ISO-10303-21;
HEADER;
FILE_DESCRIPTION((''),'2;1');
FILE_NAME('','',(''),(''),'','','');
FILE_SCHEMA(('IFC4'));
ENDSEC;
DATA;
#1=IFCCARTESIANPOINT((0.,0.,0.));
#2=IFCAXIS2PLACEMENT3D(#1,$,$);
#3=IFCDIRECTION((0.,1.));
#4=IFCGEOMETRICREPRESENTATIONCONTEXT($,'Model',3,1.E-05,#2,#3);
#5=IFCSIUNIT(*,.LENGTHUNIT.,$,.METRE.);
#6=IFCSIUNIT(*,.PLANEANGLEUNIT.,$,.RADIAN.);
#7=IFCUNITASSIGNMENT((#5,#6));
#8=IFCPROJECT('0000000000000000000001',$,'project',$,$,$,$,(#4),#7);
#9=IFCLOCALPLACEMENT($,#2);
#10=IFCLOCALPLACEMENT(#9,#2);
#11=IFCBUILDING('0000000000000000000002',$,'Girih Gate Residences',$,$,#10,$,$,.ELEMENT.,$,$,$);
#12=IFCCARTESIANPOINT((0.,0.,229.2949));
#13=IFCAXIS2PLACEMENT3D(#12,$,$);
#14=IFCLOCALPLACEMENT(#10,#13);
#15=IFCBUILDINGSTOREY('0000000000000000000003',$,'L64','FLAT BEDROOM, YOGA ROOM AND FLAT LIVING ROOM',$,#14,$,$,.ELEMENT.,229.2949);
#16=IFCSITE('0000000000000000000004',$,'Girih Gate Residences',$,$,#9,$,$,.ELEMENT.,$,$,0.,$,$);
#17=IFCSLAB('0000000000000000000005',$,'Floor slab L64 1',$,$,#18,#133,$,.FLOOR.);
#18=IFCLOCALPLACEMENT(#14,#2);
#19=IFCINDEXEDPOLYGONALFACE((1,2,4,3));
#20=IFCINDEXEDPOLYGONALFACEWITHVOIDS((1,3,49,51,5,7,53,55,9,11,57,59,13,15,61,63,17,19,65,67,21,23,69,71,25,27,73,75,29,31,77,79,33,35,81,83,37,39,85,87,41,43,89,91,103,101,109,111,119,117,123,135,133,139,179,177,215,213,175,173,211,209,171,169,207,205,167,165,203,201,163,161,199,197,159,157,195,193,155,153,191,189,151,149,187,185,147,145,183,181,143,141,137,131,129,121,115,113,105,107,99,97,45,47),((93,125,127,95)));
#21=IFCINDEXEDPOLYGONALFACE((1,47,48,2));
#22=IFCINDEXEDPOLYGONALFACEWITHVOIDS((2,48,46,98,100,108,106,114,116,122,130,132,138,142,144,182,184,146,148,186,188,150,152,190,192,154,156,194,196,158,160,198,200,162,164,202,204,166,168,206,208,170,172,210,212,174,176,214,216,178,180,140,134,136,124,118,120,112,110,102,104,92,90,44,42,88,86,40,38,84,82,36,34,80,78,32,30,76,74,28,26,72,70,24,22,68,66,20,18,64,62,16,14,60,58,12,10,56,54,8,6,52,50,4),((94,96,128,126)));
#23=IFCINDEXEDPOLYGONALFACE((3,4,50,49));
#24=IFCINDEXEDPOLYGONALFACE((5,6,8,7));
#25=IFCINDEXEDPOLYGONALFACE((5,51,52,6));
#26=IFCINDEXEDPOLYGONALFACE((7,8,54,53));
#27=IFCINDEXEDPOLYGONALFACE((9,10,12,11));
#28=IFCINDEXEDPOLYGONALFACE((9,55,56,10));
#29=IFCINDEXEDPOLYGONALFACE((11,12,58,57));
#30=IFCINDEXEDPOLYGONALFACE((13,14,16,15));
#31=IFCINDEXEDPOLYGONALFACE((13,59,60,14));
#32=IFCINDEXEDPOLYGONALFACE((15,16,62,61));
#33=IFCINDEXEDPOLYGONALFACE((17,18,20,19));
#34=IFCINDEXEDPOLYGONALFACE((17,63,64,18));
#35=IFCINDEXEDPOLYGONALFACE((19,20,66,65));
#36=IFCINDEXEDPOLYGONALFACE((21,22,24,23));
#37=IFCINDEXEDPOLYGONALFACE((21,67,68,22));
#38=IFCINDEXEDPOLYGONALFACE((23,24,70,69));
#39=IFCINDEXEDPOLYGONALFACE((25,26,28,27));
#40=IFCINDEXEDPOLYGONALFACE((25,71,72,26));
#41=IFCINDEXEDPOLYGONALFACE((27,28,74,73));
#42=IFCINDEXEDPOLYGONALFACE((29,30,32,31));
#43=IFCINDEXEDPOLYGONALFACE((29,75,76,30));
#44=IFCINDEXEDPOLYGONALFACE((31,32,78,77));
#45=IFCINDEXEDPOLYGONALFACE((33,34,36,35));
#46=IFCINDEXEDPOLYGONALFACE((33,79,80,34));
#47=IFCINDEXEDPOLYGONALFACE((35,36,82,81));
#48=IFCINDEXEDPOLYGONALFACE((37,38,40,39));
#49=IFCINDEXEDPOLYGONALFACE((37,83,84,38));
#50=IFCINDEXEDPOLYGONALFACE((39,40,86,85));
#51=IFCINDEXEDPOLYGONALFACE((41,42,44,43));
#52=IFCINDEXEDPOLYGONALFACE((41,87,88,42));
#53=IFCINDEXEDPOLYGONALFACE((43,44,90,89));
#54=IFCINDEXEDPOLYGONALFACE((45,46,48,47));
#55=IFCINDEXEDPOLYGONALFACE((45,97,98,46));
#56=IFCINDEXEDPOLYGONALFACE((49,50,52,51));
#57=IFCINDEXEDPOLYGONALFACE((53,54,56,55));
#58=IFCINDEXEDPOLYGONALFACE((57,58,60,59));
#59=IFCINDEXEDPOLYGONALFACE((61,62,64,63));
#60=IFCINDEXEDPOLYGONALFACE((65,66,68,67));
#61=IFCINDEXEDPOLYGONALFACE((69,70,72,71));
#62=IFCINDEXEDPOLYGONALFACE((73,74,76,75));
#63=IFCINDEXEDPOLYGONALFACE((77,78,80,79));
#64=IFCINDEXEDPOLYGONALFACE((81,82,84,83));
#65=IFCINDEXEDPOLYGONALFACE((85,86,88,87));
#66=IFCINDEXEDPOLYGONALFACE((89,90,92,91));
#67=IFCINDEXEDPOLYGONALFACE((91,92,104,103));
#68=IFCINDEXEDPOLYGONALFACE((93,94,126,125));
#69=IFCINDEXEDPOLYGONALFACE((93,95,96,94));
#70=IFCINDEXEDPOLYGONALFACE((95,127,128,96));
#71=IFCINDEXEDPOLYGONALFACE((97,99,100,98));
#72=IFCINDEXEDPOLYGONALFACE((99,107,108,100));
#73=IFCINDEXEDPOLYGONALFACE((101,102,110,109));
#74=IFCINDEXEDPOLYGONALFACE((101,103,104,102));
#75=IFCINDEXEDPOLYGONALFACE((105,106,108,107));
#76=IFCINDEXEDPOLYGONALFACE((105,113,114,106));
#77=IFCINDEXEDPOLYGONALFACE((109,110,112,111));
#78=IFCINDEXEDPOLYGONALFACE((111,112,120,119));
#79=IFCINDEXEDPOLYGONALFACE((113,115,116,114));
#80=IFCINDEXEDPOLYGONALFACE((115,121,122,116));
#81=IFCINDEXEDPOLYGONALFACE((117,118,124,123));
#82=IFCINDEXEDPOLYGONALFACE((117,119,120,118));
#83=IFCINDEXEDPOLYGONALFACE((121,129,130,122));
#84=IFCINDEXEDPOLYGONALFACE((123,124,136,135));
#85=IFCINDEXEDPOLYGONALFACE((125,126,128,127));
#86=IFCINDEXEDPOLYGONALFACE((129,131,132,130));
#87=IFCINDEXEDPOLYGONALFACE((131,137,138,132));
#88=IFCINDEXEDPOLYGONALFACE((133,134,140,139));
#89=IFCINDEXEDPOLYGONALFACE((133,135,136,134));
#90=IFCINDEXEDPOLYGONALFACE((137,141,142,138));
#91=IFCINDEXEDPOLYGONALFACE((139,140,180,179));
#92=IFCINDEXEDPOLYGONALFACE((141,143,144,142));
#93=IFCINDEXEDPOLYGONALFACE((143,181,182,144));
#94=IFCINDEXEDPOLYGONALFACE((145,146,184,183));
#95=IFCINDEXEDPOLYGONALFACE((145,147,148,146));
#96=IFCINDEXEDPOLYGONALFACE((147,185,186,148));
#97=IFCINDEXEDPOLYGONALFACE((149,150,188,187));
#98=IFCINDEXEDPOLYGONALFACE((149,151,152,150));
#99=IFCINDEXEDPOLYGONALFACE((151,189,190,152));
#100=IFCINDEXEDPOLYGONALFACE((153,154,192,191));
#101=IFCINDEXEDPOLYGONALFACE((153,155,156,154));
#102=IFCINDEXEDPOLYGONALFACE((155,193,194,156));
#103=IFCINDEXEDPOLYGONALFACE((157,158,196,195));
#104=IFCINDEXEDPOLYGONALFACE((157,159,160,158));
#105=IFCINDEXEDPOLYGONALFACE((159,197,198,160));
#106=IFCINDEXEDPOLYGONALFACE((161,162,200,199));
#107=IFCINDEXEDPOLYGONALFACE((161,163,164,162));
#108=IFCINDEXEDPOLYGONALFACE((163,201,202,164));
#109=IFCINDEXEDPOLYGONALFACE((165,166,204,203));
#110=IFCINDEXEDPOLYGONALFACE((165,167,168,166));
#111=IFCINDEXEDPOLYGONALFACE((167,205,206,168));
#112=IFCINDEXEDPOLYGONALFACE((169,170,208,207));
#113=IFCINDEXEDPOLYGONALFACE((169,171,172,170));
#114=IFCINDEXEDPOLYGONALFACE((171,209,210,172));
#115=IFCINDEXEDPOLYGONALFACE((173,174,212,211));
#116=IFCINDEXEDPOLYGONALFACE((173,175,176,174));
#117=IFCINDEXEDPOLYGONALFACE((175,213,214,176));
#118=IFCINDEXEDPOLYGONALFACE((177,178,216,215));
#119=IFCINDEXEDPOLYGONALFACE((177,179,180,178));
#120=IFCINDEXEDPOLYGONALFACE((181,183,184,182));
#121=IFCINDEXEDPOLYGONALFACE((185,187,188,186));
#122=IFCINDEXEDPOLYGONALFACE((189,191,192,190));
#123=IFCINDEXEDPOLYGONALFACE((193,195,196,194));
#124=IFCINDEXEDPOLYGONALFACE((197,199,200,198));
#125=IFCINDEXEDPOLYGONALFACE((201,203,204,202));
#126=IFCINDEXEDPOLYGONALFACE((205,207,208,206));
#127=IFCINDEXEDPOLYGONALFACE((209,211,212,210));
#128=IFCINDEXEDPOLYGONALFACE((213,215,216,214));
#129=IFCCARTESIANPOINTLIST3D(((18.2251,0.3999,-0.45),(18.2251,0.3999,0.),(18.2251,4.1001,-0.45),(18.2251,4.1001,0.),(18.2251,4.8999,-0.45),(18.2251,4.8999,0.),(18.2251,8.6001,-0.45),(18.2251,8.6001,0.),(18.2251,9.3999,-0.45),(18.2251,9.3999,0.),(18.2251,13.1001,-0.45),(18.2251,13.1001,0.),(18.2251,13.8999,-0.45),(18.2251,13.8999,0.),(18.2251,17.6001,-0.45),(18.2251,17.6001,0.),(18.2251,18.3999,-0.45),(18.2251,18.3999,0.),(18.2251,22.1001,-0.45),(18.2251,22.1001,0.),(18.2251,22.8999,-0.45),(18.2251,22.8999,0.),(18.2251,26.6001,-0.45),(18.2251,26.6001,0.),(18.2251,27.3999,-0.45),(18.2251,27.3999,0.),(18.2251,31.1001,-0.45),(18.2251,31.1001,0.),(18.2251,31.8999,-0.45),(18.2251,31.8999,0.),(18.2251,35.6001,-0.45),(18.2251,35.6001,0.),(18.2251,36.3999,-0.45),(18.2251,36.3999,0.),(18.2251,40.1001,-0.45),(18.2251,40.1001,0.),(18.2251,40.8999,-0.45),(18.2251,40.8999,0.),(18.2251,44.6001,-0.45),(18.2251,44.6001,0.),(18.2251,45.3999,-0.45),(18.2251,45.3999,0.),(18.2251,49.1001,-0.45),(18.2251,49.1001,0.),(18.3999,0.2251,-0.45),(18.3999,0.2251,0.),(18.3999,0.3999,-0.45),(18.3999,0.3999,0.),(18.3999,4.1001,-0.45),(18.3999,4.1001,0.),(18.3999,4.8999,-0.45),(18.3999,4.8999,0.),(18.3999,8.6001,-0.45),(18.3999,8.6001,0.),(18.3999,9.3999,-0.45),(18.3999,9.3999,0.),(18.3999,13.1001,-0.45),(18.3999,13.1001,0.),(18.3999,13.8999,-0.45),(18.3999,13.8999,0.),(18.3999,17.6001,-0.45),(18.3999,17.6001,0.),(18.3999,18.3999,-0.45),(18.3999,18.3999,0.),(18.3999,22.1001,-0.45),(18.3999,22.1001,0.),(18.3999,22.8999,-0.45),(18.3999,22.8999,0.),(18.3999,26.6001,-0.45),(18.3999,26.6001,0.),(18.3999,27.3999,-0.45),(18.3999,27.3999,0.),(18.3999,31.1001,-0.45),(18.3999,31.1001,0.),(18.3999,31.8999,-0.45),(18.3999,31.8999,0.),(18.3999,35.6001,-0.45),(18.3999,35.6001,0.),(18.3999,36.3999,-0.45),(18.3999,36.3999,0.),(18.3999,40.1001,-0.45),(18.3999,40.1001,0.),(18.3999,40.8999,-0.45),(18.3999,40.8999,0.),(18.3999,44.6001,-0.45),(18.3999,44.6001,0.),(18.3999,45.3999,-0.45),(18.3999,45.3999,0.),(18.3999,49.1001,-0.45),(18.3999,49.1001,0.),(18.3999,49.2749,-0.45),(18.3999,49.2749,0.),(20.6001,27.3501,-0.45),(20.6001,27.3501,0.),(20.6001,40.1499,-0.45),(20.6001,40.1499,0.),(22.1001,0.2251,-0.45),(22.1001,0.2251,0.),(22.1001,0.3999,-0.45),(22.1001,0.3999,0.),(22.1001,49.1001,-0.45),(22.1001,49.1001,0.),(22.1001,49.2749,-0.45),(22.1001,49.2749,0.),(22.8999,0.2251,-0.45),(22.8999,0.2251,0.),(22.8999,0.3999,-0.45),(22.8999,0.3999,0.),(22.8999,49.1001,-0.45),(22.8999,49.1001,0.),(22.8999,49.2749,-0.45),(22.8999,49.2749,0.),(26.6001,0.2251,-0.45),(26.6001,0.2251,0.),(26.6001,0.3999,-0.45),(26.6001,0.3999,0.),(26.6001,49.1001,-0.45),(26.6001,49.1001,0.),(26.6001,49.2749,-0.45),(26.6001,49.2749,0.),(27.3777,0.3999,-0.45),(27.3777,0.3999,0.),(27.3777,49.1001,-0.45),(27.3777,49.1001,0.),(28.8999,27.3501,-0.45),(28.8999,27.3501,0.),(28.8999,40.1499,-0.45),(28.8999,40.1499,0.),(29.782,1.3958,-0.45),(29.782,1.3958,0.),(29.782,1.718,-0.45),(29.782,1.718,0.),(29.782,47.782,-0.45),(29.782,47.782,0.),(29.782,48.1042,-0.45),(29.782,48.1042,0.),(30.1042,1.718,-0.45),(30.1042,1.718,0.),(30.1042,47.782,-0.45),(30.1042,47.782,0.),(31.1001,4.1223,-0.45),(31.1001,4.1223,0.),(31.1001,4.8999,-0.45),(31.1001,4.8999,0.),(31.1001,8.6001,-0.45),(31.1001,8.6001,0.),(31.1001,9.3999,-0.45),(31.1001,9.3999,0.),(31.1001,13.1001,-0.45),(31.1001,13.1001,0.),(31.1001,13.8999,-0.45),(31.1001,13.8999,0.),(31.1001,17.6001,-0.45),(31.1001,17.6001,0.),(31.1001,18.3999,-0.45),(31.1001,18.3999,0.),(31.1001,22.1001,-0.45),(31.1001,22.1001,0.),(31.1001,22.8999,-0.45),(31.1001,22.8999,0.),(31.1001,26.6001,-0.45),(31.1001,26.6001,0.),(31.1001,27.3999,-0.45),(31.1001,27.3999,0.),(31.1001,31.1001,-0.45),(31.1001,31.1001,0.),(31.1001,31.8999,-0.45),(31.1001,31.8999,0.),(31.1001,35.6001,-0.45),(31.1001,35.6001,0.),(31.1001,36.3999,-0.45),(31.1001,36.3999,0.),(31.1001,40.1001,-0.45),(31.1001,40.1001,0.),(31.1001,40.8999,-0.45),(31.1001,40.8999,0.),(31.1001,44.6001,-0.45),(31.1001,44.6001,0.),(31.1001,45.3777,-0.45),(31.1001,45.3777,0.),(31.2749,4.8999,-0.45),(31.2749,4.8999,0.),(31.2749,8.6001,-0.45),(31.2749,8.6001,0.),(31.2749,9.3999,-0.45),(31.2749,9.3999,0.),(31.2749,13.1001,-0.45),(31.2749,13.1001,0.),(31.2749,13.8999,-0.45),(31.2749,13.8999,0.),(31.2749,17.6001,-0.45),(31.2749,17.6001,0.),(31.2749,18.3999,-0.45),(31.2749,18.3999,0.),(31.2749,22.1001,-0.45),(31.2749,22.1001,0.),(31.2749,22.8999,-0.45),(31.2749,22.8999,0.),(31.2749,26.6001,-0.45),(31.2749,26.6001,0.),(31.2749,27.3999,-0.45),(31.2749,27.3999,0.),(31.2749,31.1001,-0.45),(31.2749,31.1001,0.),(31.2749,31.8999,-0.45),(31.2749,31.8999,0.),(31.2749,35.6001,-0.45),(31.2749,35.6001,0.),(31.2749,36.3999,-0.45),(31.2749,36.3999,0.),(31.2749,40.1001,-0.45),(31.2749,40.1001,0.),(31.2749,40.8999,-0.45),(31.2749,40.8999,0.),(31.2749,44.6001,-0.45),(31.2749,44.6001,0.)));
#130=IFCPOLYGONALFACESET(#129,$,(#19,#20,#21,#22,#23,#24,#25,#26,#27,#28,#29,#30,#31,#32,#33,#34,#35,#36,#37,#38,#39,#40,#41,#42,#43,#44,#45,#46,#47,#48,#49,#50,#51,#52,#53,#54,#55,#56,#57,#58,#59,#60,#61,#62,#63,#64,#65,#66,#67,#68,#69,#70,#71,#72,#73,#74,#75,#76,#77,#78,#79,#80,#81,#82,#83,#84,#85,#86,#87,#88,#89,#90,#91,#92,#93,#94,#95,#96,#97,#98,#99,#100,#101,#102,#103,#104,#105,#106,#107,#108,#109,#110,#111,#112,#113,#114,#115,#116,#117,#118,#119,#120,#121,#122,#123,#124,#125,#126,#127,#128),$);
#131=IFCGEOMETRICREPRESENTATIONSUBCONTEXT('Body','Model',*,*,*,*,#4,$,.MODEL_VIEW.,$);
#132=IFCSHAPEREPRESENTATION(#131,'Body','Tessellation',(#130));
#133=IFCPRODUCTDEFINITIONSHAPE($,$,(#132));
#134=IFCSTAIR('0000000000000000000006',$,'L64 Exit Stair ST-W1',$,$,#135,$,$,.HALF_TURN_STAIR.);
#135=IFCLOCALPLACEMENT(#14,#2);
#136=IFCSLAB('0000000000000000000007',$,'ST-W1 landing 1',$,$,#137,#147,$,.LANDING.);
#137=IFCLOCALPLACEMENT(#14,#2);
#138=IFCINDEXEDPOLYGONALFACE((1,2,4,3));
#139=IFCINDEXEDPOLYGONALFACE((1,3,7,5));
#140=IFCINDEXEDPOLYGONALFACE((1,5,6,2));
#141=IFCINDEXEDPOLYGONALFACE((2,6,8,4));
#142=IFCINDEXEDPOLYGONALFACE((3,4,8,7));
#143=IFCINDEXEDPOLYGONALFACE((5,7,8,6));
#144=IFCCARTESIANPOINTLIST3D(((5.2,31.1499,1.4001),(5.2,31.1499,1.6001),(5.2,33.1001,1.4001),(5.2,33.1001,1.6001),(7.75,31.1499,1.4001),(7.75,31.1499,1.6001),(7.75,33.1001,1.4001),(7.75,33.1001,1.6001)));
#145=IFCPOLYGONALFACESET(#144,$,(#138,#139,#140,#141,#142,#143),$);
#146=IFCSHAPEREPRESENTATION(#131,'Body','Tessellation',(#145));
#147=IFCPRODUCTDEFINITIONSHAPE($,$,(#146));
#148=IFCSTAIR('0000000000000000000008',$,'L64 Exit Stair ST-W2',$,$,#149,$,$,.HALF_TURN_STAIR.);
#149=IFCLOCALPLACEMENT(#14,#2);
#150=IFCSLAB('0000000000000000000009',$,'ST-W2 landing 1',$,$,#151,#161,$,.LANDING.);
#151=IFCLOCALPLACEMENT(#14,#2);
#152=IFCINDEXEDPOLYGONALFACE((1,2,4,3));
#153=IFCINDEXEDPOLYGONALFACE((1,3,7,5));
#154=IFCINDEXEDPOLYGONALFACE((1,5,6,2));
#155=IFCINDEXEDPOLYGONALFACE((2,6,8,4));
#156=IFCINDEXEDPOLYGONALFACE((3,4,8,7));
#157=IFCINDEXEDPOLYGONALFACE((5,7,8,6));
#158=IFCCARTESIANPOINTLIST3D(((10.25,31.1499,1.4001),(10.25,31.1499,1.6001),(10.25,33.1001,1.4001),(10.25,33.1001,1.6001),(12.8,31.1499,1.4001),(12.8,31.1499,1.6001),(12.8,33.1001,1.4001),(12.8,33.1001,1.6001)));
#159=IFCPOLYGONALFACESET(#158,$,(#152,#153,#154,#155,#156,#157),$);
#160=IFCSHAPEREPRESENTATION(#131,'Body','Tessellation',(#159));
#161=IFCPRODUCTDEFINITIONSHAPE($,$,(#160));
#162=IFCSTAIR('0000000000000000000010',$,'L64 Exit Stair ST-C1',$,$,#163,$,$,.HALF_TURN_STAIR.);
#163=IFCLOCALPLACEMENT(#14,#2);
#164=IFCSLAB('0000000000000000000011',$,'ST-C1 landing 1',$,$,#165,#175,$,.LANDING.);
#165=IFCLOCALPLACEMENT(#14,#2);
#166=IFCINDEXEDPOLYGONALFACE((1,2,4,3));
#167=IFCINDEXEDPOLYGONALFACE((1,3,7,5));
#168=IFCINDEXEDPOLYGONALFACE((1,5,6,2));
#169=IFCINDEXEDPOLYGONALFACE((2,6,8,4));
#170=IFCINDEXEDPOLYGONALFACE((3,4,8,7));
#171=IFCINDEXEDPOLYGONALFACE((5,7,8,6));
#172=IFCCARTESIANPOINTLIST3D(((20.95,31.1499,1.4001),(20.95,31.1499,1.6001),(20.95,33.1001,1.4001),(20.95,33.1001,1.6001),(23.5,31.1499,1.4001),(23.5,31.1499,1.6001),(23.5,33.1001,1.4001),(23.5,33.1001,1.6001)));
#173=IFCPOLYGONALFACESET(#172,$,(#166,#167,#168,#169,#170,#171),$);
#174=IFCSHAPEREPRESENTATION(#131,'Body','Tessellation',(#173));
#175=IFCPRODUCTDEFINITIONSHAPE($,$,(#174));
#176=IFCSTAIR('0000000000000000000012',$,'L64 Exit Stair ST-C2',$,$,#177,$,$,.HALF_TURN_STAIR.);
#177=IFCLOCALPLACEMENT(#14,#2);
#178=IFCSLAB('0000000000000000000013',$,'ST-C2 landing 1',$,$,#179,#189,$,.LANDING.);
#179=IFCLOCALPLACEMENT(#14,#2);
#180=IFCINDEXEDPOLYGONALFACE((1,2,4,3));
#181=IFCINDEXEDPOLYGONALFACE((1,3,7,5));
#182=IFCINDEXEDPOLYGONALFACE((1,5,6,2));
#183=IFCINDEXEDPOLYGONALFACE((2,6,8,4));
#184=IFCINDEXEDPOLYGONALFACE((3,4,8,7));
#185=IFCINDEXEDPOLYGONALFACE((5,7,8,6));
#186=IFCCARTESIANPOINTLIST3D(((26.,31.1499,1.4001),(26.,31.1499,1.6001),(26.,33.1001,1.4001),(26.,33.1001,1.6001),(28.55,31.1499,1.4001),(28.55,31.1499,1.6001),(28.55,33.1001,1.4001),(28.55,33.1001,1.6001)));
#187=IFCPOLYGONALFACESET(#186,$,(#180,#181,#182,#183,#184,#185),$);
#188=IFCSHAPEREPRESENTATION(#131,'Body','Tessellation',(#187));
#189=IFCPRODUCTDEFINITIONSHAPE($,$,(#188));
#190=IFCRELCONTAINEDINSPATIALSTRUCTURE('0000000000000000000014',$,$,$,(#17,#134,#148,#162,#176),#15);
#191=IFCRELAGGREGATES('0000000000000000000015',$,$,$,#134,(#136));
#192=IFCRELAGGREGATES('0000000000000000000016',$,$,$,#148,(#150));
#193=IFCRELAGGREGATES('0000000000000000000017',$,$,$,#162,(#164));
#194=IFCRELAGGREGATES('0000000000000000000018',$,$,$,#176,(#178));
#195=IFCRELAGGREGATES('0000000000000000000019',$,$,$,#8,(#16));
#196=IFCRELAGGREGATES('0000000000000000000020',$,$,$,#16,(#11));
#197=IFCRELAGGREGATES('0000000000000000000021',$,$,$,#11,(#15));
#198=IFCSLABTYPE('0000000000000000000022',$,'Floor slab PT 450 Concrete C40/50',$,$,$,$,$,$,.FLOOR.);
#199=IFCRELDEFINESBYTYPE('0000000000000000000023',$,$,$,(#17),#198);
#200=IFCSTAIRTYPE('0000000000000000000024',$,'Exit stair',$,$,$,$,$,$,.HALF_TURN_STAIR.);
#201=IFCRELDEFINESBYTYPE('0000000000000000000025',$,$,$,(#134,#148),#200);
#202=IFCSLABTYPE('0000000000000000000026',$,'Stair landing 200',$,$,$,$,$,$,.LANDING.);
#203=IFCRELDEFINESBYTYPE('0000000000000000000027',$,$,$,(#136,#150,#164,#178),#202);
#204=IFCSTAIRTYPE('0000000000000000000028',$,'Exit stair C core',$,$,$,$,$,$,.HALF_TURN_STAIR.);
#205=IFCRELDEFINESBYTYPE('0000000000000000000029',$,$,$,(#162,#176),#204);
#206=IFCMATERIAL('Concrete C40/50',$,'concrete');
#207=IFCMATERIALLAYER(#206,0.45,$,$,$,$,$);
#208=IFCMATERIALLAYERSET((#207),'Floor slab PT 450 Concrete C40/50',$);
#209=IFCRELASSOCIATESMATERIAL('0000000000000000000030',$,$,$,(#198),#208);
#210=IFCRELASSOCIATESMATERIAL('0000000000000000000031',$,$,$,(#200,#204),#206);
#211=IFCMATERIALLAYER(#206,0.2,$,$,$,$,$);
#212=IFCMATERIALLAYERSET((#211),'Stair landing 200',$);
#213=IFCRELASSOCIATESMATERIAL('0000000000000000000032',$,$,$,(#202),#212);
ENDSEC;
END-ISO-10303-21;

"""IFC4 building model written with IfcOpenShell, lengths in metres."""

from ifc_helpers import new_model, si_unit, direction, frame, origin, place, context, subcontext, project, spatial, polyline, outline, extrude, material, layer, layer_set, type_object, element, aggregate, save


model = new_model("IFC4")

# Units and contexts
model_context = context("Model", 3, precision=1e-05, world=origin(), true_north=direction((0.0, 1.0)))
body_context = subcontext(model_context, "Body", "Model", "MODEL_VIEW")
ifc_project = project(units=[si_unit("LENGTHUNIT", "METRE"), si_unit("PLANEANGLEUNIT", "RADIAN")], contexts=[model_context])

# Site, building, storey
site_placement = place(None, origin())
site = spatial("IfcSite", under=ifc_project, at=site_placement, Name="Girih Gate Residences", CompositionType="ELEMENT", RefElevation=0.0)
building_placement = place(site_placement, origin())
building = spatial("IfcBuilding", under=site, at=building_placement, Name="Girih Gate Residences", CompositionType="ELEMENT")
storey_placement = place(building_placement, frame((0.0, 0.0, 229.2949)))
storey = spatial("IfcBuildingStorey", under=building, at=storey_placement, Name="L64", Description="FLAT BEDROOM, YOGA ROOM AND FLAT LIVING ROOM", CompositionType="ELEMENT", Elevation=229.2949)

# Slab
ifc_material_1 = material(Name="Concrete C40/50", Category="concrete")
ifc_layer_1 = layer(ifc_material_1, 0.45)
ifc_layer_set_1 = layer_set([ifc_layer_1], Name="Floor slab PT 450 Concrete C40/50")
slab_type_1 = type_object("IfcSlabType", Name="Floor slab PT 450 Concrete C40/50", PredefinedType="FLOOR", material=ifc_layer_set_1)
slab_1_placement = place(storey_placement, frame((0.0, 0.0, -0.45)))
element("IfcSlab", 1, at=slab_1_placement, inside=storey, type_object=slab_type_1, Name="Floor slab L64 1", PredefinedType="FLOOR", context=body_context, shape_type="SweptSolid", body=[
    extrude(outline(polyline([(22.8999, 0.2251), (26.6001, 0.2251), (26.6001, 0.3999), (27.3777, 0.3999), (29.782, 1.3958), (29.782, 1.718), (30.1042, 1.718), (31.1001, 4.1223), (31.1001, 4.8999), (31.2749, 4.8999), (31.2749, 8.6001), (31.1001, 8.6001), (31.1001, 9.3999), (31.2749, 9.3999), (31.2749, 13.1001), (31.1001, 13.1001), (31.1001, 13.8999), (31.2749, 13.8999), (31.2749, 17.6001), (31.1001, 17.6001), (31.1001, 18.3999), (31.2749, 18.3999), (31.2749, 22.1001), (31.1001, 22.1001), (31.1001, 22.8999), (31.2749, 22.8999), (31.2749, 26.6001), (31.1001, 26.6001), (31.1001, 27.3999), (31.2749, 27.3999), (31.2749, 31.1001), (31.1001, 31.1001), (31.1001, 31.8999), (31.2749, 31.8999), (31.2749, 35.6001), (31.1001, 35.6001), (31.1001, 36.3999), (31.2749, 36.3999), (31.2749, 40.1001), (31.1001, 40.1001), (31.1001, 40.8999), (31.2749, 40.8999), (31.2749, 44.6001), (31.1001, 44.6001), (31.1001, 45.3777), (30.1042, 47.782), (29.782, 47.782), (29.782, 48.1042), (27.3777, 49.1001), (26.6001, 49.1001), (26.6001, 49.2749), (22.8999, 49.2749), (22.8999, 49.1001), (22.1001, 49.1001), (22.1001, 49.2749), (18.3999, 49.2749), (18.3999, 49.1001), (18.2251, 49.1001), (18.2251, 45.3999), (18.3999, 45.3999), (18.3999, 44.6001), (18.2251, 44.6001), (18.2251, 40.8999), (18.3999, 40.8999), (18.3999, 40.1001), (18.2251, 40.1001), (18.2251, 36.3999), (18.3999, 36.3999), (18.3999, 35.6001), (18.2251, 35.6001), (18.2251, 31.8999), (18.3999, 31.8999), (18.3999, 31.1001), (18.2251, 31.1001), (18.2251, 27.3999), (18.3999, 27.3999), (18.3999, 26.6001), (18.2251, 26.6001), (18.2251, 22.8999), (18.3999, 22.8999), (18.3999, 22.1001), (18.2251, 22.1001), (18.2251, 18.3999), (18.3999, 18.3999), (18.3999, 17.6001), (18.2251, 17.6001), (18.2251, 13.8999), (18.3999, 13.8999), (18.3999, 13.1001), (18.2251, 13.1001), (18.2251, 9.3999), (18.3999, 9.3999), (18.3999, 8.6001), (18.2251, 8.6001), (18.2251, 4.8999), (18.3999, 4.8999), (18.3999, 4.1001), (18.2251, 4.1001), (18.2251, 0.3999), (18.3999, 0.3999), (18.3999, 0.2251), (22.1001, 0.2251), (22.1001, 0.3999), (22.8999, 0.3999), (22.8999, 0.2251)]), holes=[polyline([(28.8999, 40.1499), (28.8999, 27.3501), (20.6001, 27.3501), (20.6001, 40.1499), (28.8999, 40.1499)])]), origin(), (0.0, 0.0, 1.0), 0.45),
])

# Stairs, slabs
stair_type_1 = type_object("IfcStairType", Name="Exit stair", PredefinedType="HALF_TURN_STAIR", material=ifc_material_1)
stair_1_placement = place(storey_placement, origin())
stair_1 = element("IfcStair", 2, at=stair_1_placement, inside=storey, type_object=stair_type_1, Name="L64 Exit Stair ST-W1", PredefinedType="HALF_TURN_STAIR")
ifc_layer_2 = layer(ifc_material_1, 0.2)
ifc_layer_set_2 = layer_set([ifc_layer_2], Name="Stair landing 200")
slab_type_2 = type_object("IfcSlabType", Name="Stair landing 200", PredefinedType="LANDING", material=ifc_layer_set_2)
slab_2_placement = place(storey_placement, frame((0.0, 0.0, 1.4001)))
slab_2 = element("IfcSlab", 3, at=slab_2_placement, type_object=slab_type_2, Name="ST-W1 landing 1", PredefinedType="LANDING", context=body_context, shape_type="SweptSolid", body=[
    extrude(outline(polyline([(7.75, 31.1499), (7.75, 33.1001), (5.2, 33.1001), (5.2, 31.1499), (7.75, 31.1499)])), origin(), (0.0, 0.0, 1.0), 0.2),
])
aggregate(stair_1, [slab_2])
stair_2_placement = place(storey_placement, origin())
stair_2 = element("IfcStair", 4, at=stair_2_placement, inside=storey, type_object=stair_type_1, Name="L64 Exit Stair ST-W2", PredefinedType="HALF_TURN_STAIR")
slab_3_placement = place(storey_placement, frame((0.0, 0.0, 1.4001)))
slab_3 = element("IfcSlab", 5, at=slab_3_placement, type_object=slab_type_2, Name="ST-W2 landing 1", PredefinedType="LANDING", context=body_context, shape_type="SweptSolid", body=[
    extrude(outline(polyline([(12.8, 31.1499), (12.8, 33.1001), (10.25, 33.1001), (10.25, 31.1499), (12.8, 31.1499)])), origin(), (0.0, 0.0, 1.0), 0.2),
])
aggregate(stair_2, [slab_3])
stair_type_2 = type_object("IfcStairType", Name="Exit stair C core", PredefinedType="HALF_TURN_STAIR", material=ifc_material_1)
stair_3_placement = place(storey_placement, origin())
stair_3 = element("IfcStair", 6, at=stair_3_placement, inside=storey, type_object=stair_type_2, Name="L64 Exit Stair ST-C1", PredefinedType="HALF_TURN_STAIR")
slab_4_placement = place(storey_placement, frame((0.0, 0.0, 1.4001)))
slab_4 = element("IfcSlab", 7, at=slab_4_placement, type_object=slab_type_2, Name="ST-C1 landing 1", PredefinedType="LANDING", context=body_context, shape_type="SweptSolid", body=[
    extrude(outline(polyline([(23.5, 31.1499), (23.5, 33.1001), (20.95, 33.1001), (20.95, 31.1499), (23.5, 31.1499)])), origin(), (0.0, 0.0, 1.0), 0.2),
])
aggregate(stair_3, [slab_4])
stair_4_placement = place(storey_placement, origin())
stair_4 = element("IfcStair", 8, at=stair_4_placement, inside=storey, type_object=stair_type_2, Name="L64 Exit Stair ST-C2", PredefinedType="HALF_TURN_STAIR")
slab_5_placement = place(storey_placement, frame((0.0, 0.0, 1.4001)))
slab_5 = element("IfcSlab", 9, at=slab_5_placement, type_object=slab_type_2, Name="ST-C2 landing 1", PredefinedType="LANDING", context=body_context, shape_type="SweptSolid", body=[
    extrude(outline(polyline([(28.55, 31.1499), (28.55, 33.1001), (26.0, 33.1001), (26.0, 31.1499), (28.55, 31.1499)])), origin(), (0.0, 0.0, 1.0), 0.2),
])
aggregate(stair_4, [slab_5])

save(model, "model.ifc")
